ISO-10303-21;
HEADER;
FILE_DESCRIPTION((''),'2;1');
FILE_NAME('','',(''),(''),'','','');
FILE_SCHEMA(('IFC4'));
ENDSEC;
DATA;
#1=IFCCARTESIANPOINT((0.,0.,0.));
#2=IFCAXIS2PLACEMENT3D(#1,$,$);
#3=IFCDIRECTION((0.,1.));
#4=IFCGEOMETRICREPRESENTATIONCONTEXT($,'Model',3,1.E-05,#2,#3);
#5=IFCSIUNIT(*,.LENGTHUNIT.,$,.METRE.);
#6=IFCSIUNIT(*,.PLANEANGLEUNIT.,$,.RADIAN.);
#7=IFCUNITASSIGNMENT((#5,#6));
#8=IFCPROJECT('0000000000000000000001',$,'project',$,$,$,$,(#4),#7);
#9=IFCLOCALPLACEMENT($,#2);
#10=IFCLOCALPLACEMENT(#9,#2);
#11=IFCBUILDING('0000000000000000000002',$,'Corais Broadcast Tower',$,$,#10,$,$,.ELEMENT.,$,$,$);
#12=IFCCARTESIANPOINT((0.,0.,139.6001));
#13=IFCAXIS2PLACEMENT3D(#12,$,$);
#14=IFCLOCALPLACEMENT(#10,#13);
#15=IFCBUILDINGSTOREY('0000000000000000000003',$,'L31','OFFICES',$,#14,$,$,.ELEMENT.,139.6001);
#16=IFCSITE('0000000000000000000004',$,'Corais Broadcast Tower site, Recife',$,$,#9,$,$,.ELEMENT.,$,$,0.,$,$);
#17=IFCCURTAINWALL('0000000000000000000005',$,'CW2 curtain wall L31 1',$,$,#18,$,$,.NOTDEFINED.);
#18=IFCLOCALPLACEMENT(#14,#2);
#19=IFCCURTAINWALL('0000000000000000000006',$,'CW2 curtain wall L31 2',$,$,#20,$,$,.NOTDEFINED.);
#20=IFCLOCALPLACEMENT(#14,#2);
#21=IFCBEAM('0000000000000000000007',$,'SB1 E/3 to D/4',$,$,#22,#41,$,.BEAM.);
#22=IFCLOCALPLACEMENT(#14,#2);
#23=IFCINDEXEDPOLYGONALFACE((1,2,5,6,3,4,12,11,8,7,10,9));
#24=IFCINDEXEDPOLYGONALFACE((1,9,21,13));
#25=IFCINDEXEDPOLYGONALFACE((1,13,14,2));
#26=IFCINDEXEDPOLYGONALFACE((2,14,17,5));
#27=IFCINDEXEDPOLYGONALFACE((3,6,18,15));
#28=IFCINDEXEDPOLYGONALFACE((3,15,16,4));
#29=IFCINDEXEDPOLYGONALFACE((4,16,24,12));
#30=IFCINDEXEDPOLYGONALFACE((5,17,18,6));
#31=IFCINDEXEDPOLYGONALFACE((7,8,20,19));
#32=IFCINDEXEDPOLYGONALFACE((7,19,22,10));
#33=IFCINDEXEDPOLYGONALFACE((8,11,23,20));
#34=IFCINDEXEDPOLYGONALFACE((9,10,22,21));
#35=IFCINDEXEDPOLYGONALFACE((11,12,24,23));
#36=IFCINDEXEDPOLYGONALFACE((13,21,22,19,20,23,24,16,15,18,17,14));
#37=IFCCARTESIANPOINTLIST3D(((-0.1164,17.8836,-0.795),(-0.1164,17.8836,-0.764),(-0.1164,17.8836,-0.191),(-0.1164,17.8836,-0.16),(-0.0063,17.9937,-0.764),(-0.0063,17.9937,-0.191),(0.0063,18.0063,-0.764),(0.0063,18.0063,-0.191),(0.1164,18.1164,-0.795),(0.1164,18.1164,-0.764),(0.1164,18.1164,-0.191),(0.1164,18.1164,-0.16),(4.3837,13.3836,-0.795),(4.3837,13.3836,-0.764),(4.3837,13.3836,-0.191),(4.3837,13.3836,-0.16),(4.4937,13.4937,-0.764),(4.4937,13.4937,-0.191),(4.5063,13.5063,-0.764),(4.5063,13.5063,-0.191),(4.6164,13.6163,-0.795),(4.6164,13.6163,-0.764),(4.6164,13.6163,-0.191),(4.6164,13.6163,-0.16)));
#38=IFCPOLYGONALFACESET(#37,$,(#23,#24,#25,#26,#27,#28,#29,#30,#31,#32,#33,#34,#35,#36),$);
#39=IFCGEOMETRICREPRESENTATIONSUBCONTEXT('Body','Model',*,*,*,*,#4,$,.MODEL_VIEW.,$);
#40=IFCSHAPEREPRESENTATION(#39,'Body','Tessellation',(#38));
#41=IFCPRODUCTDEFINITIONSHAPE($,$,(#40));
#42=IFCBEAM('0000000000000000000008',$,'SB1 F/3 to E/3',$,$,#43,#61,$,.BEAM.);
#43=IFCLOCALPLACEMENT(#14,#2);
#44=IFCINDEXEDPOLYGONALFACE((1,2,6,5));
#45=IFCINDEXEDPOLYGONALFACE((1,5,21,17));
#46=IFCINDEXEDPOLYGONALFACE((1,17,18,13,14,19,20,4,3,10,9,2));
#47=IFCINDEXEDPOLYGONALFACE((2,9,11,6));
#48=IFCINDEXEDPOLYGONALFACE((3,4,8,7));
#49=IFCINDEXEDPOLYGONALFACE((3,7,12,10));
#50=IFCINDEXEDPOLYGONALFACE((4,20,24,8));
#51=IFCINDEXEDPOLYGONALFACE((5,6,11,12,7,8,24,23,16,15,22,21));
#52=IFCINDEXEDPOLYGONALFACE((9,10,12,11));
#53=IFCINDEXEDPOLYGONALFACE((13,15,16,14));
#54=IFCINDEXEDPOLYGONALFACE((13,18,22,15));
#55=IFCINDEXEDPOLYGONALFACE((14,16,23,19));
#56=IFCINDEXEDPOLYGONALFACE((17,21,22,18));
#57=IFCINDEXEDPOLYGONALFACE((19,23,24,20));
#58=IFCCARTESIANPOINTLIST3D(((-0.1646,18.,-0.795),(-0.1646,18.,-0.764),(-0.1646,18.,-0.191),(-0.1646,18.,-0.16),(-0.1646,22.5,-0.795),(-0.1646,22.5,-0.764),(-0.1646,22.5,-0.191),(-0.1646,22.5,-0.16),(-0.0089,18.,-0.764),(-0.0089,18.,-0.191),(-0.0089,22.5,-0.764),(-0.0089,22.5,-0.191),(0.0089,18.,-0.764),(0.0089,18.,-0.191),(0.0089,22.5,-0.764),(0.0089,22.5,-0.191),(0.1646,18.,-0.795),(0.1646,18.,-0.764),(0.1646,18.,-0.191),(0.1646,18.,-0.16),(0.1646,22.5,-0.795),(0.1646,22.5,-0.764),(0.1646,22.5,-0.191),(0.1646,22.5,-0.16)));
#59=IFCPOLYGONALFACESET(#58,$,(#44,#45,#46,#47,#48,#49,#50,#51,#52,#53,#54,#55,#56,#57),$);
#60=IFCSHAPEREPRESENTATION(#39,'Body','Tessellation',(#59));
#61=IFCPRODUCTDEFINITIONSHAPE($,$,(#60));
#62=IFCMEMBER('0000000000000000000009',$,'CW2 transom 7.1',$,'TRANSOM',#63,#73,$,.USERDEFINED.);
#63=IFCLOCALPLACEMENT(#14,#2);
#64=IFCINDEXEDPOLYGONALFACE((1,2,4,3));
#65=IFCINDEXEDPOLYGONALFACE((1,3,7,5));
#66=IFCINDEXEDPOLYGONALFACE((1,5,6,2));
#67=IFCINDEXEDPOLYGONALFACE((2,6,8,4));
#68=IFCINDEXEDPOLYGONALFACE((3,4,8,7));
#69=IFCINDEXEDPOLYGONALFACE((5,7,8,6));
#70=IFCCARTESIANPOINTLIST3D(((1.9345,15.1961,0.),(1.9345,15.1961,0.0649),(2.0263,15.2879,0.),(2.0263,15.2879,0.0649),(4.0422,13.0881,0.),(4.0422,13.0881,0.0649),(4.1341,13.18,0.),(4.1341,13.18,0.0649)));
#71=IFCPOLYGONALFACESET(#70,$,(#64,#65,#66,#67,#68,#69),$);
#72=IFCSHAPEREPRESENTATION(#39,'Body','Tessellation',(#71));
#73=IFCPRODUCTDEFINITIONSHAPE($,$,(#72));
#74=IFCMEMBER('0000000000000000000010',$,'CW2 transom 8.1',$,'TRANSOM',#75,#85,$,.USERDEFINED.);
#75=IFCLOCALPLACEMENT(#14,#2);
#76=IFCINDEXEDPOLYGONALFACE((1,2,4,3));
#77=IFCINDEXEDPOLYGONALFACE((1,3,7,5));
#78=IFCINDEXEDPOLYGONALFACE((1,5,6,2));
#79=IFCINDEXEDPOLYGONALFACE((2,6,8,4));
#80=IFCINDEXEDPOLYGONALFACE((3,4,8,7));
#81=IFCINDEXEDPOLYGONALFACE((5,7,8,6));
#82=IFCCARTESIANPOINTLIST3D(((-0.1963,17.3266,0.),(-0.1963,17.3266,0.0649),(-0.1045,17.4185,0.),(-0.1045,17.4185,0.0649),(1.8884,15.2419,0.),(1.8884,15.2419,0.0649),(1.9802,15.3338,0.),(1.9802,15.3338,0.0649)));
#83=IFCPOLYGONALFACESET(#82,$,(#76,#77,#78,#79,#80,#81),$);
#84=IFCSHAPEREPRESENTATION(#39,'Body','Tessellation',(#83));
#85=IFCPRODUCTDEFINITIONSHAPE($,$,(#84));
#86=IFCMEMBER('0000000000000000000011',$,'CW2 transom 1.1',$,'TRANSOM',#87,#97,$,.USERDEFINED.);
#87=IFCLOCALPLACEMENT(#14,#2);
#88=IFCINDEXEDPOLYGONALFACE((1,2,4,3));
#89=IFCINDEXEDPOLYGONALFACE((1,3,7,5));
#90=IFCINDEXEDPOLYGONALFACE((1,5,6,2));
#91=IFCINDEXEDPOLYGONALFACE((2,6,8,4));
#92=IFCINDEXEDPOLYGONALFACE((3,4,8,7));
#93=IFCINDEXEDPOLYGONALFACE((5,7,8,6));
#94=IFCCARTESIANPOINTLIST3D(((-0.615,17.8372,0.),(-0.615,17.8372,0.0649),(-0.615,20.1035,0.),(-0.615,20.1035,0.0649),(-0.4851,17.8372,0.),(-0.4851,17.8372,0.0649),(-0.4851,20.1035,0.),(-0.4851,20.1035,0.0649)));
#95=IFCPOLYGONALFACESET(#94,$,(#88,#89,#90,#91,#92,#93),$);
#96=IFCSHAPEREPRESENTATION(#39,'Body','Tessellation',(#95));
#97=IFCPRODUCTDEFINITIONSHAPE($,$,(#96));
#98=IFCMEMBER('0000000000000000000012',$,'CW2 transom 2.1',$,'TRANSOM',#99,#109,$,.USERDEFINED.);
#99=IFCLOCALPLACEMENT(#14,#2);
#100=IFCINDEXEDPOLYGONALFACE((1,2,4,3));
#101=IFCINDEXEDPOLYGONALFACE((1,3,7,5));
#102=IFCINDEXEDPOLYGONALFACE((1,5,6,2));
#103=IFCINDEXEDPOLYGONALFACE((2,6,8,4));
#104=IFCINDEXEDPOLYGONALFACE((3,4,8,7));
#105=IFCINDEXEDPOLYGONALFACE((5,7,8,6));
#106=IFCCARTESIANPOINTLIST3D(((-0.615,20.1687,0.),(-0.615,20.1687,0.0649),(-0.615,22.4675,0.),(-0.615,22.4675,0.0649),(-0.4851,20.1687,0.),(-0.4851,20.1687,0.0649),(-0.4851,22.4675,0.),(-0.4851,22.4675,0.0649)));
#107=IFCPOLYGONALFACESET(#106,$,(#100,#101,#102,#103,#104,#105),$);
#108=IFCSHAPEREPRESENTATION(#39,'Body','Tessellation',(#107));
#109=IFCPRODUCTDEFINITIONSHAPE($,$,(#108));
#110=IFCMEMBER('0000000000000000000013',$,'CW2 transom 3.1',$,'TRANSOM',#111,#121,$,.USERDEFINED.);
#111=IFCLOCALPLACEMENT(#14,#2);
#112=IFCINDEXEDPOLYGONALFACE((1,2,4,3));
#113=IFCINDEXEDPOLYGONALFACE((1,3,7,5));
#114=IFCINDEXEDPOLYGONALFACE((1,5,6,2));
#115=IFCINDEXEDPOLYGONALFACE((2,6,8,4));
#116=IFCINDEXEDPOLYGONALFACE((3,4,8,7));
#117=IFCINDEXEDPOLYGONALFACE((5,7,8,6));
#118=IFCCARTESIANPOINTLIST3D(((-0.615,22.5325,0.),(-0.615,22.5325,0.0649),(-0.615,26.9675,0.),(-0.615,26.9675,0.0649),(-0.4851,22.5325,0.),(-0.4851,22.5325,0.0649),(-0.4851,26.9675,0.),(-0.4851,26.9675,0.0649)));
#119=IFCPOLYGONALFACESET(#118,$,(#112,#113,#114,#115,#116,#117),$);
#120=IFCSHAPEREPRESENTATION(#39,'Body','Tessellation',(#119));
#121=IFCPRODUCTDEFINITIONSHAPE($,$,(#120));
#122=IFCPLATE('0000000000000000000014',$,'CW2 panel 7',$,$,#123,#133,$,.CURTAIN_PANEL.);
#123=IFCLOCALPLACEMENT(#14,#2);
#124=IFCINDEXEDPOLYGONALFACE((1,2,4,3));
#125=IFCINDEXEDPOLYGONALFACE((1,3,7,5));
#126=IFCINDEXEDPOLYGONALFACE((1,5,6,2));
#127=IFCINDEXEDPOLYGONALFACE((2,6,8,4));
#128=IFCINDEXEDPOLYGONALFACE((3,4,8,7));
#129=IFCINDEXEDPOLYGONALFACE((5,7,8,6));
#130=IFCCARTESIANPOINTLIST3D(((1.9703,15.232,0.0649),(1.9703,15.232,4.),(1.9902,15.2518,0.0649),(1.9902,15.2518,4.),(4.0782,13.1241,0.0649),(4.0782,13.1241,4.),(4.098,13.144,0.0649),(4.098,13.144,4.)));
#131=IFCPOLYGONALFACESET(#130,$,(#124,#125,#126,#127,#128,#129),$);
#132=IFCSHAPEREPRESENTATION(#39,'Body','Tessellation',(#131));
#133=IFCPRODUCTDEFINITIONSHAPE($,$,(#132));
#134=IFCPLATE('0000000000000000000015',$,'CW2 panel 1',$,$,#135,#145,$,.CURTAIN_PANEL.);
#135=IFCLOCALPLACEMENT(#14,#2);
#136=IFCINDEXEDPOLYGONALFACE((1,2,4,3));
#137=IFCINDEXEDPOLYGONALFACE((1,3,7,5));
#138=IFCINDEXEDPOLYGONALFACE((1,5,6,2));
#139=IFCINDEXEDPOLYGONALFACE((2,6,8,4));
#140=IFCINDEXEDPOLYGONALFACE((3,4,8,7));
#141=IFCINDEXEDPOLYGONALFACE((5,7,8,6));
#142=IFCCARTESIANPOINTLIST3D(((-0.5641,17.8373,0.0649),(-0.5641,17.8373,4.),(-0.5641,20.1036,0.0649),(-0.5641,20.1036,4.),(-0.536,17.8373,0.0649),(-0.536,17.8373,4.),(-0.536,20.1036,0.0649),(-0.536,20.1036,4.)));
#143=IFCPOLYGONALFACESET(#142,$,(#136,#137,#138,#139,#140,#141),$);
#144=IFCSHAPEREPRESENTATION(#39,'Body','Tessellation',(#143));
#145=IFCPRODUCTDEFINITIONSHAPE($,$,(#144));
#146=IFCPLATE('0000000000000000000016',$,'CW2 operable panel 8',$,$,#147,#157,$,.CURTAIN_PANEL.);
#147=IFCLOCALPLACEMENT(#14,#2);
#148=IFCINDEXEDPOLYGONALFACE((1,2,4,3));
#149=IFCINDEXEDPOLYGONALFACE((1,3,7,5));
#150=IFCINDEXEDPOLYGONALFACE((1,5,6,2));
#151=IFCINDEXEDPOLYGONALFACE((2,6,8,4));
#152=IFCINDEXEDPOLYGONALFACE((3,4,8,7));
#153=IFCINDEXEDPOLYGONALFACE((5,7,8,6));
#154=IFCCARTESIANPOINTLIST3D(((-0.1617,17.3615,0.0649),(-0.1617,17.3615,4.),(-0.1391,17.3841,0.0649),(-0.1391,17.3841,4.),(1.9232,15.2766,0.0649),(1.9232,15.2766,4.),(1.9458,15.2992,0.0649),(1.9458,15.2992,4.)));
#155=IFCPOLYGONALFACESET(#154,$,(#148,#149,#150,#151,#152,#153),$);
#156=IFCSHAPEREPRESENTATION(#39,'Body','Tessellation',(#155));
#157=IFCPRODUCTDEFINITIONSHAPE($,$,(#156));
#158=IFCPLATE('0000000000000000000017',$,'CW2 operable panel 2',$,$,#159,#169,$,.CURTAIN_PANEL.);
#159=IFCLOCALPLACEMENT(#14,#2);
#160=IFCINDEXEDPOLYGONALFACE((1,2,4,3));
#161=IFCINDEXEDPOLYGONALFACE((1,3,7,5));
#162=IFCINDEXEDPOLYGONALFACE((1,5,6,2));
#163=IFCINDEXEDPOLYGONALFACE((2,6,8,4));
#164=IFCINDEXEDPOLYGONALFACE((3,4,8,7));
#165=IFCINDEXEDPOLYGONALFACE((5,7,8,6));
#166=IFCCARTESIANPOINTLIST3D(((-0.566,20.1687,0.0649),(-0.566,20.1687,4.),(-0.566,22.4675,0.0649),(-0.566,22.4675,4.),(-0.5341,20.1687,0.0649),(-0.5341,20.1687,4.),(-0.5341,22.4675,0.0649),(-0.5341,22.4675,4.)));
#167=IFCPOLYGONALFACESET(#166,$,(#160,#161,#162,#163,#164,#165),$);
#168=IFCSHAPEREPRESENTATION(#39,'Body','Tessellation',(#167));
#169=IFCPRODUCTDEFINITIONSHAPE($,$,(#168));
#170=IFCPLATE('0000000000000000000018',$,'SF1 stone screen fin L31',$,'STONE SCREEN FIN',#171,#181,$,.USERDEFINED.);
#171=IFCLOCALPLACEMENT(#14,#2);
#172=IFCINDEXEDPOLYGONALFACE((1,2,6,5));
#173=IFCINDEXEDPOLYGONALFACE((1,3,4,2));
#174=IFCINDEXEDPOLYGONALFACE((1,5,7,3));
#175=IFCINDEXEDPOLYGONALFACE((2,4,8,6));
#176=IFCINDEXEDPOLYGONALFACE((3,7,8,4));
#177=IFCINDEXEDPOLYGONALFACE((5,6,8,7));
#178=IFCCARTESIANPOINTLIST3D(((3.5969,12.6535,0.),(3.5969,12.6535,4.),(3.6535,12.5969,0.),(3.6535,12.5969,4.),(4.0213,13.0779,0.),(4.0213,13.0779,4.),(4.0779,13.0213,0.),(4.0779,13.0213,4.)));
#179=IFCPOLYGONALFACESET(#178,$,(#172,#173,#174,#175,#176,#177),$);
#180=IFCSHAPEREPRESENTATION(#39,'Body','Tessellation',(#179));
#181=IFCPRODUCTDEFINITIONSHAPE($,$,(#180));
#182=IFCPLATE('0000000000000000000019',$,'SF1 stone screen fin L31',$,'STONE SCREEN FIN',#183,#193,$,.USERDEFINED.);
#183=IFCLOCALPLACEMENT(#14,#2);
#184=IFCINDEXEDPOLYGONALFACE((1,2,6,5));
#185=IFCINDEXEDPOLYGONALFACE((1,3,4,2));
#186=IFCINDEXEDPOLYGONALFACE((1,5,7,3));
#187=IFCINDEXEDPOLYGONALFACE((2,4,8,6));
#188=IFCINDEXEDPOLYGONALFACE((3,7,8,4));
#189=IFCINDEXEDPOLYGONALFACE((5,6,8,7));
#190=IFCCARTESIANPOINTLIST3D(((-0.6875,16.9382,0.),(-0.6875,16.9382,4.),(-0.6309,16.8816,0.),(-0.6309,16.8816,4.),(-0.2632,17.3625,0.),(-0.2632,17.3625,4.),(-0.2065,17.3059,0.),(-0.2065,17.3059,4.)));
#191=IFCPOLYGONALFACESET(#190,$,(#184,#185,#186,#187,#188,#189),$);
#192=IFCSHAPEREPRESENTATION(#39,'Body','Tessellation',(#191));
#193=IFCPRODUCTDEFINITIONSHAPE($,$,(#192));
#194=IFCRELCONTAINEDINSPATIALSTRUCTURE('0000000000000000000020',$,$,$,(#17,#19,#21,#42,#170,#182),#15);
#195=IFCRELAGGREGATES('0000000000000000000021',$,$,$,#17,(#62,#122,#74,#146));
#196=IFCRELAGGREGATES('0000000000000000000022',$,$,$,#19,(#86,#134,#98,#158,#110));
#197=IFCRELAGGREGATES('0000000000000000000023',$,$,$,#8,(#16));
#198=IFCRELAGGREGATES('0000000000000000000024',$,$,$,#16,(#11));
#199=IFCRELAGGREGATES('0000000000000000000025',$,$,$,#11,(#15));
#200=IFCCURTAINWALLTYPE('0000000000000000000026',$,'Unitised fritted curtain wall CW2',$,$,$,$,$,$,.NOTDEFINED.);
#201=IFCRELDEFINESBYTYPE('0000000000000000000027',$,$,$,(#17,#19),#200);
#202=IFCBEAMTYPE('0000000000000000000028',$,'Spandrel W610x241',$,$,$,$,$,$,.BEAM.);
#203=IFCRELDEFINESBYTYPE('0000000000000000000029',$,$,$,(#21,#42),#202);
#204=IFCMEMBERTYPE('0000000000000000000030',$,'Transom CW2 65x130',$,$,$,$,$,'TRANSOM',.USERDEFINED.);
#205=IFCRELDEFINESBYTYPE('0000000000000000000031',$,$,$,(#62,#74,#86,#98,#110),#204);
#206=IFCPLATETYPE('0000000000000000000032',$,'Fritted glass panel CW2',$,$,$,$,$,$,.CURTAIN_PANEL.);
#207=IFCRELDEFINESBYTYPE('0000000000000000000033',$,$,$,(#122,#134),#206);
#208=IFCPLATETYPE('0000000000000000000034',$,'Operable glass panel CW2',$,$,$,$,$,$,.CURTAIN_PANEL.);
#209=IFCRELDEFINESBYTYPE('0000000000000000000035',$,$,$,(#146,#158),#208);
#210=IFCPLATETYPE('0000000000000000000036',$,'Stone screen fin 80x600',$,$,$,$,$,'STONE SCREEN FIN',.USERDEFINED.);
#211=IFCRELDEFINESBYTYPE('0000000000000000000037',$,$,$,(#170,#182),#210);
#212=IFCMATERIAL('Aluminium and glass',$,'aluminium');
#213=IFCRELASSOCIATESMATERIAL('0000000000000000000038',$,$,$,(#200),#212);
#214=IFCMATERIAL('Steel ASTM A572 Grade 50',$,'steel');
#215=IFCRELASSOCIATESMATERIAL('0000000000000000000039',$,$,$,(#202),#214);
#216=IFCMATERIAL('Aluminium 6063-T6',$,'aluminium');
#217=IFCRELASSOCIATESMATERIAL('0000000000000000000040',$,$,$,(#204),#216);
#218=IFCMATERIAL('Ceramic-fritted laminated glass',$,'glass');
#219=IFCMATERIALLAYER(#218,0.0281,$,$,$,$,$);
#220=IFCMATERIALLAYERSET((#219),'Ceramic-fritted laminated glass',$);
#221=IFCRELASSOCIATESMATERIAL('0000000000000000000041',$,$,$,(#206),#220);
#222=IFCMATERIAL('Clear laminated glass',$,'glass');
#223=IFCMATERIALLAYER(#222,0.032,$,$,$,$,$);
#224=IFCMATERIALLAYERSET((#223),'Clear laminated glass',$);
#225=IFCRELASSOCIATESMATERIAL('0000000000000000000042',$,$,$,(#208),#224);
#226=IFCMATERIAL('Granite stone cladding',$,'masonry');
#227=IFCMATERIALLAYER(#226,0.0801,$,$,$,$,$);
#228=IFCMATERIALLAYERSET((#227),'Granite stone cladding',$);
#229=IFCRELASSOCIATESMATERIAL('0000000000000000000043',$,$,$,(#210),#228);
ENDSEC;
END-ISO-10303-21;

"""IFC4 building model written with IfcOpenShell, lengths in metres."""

from ifc_helpers import new_model, si_unit, direction, frame, origin, origin_2d, place, context, subcontext, project, spatial, rectangle, i_section, extrude, material, layer, layer_set, material_profile, profile_set, type_object, element, aggregate, save


model = new_model("IFC4")

# Units and contexts
model_context = context("Model", 3, precision=1e-05, world=origin(), true_north=direction((0.0, 1.0)))
body_context = subcontext(model_context, "Body", "Model", "MODEL_VIEW")
ifc_project = project(units=[si_unit("LENGTHUNIT", "METRE"), si_unit("PLANEANGLEUNIT", "RADIAN")], contexts=[model_context])

# Site, building, storey
site_placement = place(None, origin())
site = spatial("IfcSite", under=ifc_project, at=site_placement, Name="Corais Broadcast Tower site, Recife", CompositionType="ELEMENT", RefElevation=0.0)
building_placement = place(site_placement, origin())
building = spatial("IfcBuilding", under=site, at=building_placement, Name="Corais Broadcast Tower", CompositionType="ELEMENT")
storey_placement = place(building_placement, frame((0.0, 0.0, 139.6001)))
storey = spatial("IfcBuildingStorey", under=building, at=storey_placement, Name="L31", Description="OFFICES", CompositionType="ELEMENT", Elevation=139.6001)

# Curtain walls
ifc_material_1 = material(Name="Aluminium and glass", Category="aluminium")
curtain_wall_type = type_object("IfcCurtainWallType", Name="Unitised fritted curtain wall CW2", PredefinedType="NOTDEFINED", material=ifc_material_1)
curtain_wall_1_placement = place(storey_placement, origin())
curtain_wall_1 = element("IfcCurtainWall", 1, at=curtain_wall_1_placement, inside=storey, type_object=curtain_wall_type, Name="CW2 curtain wall L31 1", PredefinedType="NOTDEFINED")
curtain_wall_2_placement = place(storey_placement, origin())
curtain_wall_2 = element("IfcCurtainWall", 2, at=curtain_wall_2_placement, inside=storey, type_object=curtain_wall_type, Name="CW2 curtain wall L31 2", PredefinedType="NOTDEFINED")

# Beams
ifc_material_2 = material(Name="Steel ASTM A572 Grade 50", Category="steel")
ifc_material_profile_1 = material_profile(ifc_material_2, i_section(OverallWidth=0.3291, OverallDepth=0.635, WebThickness=0.0178, FlangeThickness=0.031, at=origin_2d()), Name="W610x241")
ifc_profile_set_1 = profile_set([ifc_material_profile_1], Name="Steel ASTM A572 Grade 50")
beam_type_1 = type_object("IfcBeamType", Name="Spandrel W610x241", PredefinedType="BEAM", material=ifc_profile_set_1)
beam_1_placement = place(storey_placement, frame((0.0, 18.0, -0.4775), z_axis=(0.707107, -0.707107, 0.0), x_axis=(0.707107, 0.707107, 0.0)))
element("IfcBeam", 3, at=beam_1_placement, inside=storey, type_object=beam_type_1, Name="SB1 E/3 to D/4", PredefinedType="BEAM", context=body_context, shape_type="SweptSolid", body=[
    extrude(i_section(OverallWidth=0.3291, OverallDepth=0.635, WebThickness=0.0178, FlangeThickness=0.031, at=origin_2d()), origin(), (0.0, 0.0, 1.0), 6.364),
])
beam_2_placement = place(storey_placement, frame((0.0, 22.5, -0.4775), z_axis=(0.0, -1.0, 0.0), x_axis=(1.0, 0.0, 0.0)))
element("IfcBeam", 4, at=beam_2_placement, inside=storey, type_object=beam_type_1, Name="SB1 F/3 to E/3", PredefinedType="BEAM", context=body_context, shape_type="SweptSolid", body=[
    extrude(i_section(OverallWidth=0.3291, OverallDepth=0.635, WebThickness=0.0178, FlangeThickness=0.031, at=origin_2d()), origin(), (0.0, 0.0, 1.0), 4.5),
])

# Members
ifc_material_3 = material(Name="Aluminium 6063-T6", Category="aluminium")
ifc_material_profile_2 = material_profile(ifc_material_3, rectangle(XDim=0.1299, YDim=0.0649, at=origin_2d()), Name="Transom CW2 65x130")
ifc_profile_set_2 = profile_set([ifc_material_profile_2], Name="Aluminium 6063-T6")
member_type_1 = type_object("IfcMemberType", Name="Transom CW2 65x130", ElementType="TRANSOM", PredefinedType="USERDEFINED", material=ifc_profile_set_2)
member_1_placement = place(storey_placement, frame((4.0881, 13.134, 0.0325), z_axis=(-0.707066, 0.707148, 0.0), x_axis=(-0.707148, -0.707066, 0.0)))
member_1 = element("IfcMember", 5, at=member_1_placement, type_object=member_type_1, Name="CW2 transom 7.1", ObjectType="TRANSOM", PredefinedType="USERDEFINED", context=body_context, shape_type="SweptSolid", body=[
    extrude(rectangle(XDim=0.1299, YDim=0.0649, at=origin_2d()), origin(), (0.0, 0.0, 1.0), 2.981),
])
member_2_placement = place(storey_placement, frame((1.9343, 15.2878, 0.0325), z_axis=(-0.707107, 0.707107, 0.0), x_axis=(-0.707107, -0.707107, 0.0)))
member_2 = element("IfcMember", 6, at=member_2_placement, type_object=member_type_1, Name="CW2 transom 8.1", ObjectType="TRANSOM", PredefinedType="USERDEFINED", context=body_context, shape_type="SweptSolid", body=[
    extrude(rectangle(XDim=0.1299, YDim=0.0649, at=origin_2d()), origin(), (0.0, 0.0, 1.0), 2.9482),
])
member_3_placement = place(storey_placement, frame((-0.55, 17.8372, 0.0325), z_axis=(0.0, 1.0, 0.0), x_axis=(-1.0, 0.0, 0.0)))
member_3 = element("IfcMember", 7, at=member_3_placement, type_object=member_type_1, Name="CW2 transom 1.1", ObjectType="TRANSOM", PredefinedType="USERDEFINED", context=body_context, shape_type="SweptSolid", body=[
    extrude(rectangle(XDim=0.1299, YDim=0.0649, at=origin_2d()), origin(), (0.0, 0.0, 1.0), 2.2664),
])
member_4_placement = place(storey_placement, frame((-0.55, 20.1687, 0.0325), z_axis=(0.0, 1.0, 0.0), x_axis=(-1.0, 0.0, 0.0)))
member_4 = element("IfcMember", 8, at=member_4_placement, type_object=member_type_1, Name="CW2 transom 2.1", ObjectType="TRANSOM", PredefinedType="USERDEFINED", context=body_context, shape_type="SweptSolid", body=[
    extrude(rectangle(XDim=0.1299, YDim=0.0649, at=origin_2d()), origin(), (0.0, 0.0, 1.0), 2.2988),
])
member_5_placement = place(storey_placement, frame((-0.55, 22.5325, 0.0325), z_axis=(0.0, 1.0, 0.0), x_axis=(-1.0, 0.0, 0.0)))
member_5 = element("IfcMember", 9, at=member_5_placement, type_object=member_type_1, Name="CW2 transom 3.1", ObjectType="TRANSOM", PredefinedType="USERDEFINED", context=body_context, shape_type="SweptSolid", body=[
    extrude(rectangle(XDim=0.1299, YDim=0.0649, at=origin_2d()), origin(), (0.0, 0.0, 1.0), 4.4351),
])

# Plates
ifc_material_4 = material(Name="Ceramic-fritted laminated glass", Category="glass")
ifc_layer_1 = layer(ifc_material_4, 0.0281)
ifc_layer_set_1 = layer_set([ifc_layer_1], Name="Ceramic-fritted laminated glass")
plate_type_1 = type_object("IfcPlateType", Name="Fritted glass panel CW2", PredefinedType="CURTAIN_PANEL", material=ifc_layer_set_1)
plate_1_placement = place(storey_placement, frame((3.0342, 14.188, 0.0649), z_axis=(0.0, 0.0, 1.0), x_axis=(-0.707107, 0.707107, 0.0)))
plate_1 = element("IfcPlate", 10, at=plate_1_placement, type_object=plate_type_1, Name="CW2 panel 7", PredefinedType="CURTAIN_PANEL", context=body_context, shape_type="SweptSolid", body=[
    extrude(rectangle(XDim=2.981, YDim=0.0281, at=origin_2d()), origin(), (0.0, 0.0, 1.0), 3.9351),
])
plate_2_placement = place(storey_placement, frame((-0.55, 18.9705, 0.0649), z_axis=(0.0, 0.0, 1.0), x_axis=(0.0, 1.0, 0.0)))
plate_2 = element("IfcPlate", 11, at=plate_2_placement, type_object=plate_type_1, Name="CW2 panel 1", PredefinedType="CURTAIN_PANEL", context=body_context, shape_type="SweptSolid", body=[
    extrude(rectangle(XDim=2.2664, YDim=0.0281, at=origin_2d()), origin(), (0.0, 0.0, 1.0), 3.9351),
])
ifc_material_5 = material(Name="Clear laminated glass", Category="glass")
ifc_layer_2 = layer(ifc_material_5, 0.032)
ifc_layer_set_2 = layer_set([ifc_layer_2], Name="Clear laminated glass")
plate_type_2 = type_object("IfcPlateType", Name="Operable glass panel CW2", PredefinedType="CURTAIN_PANEL", material=ifc_layer_set_2)
plate_3_placement = place(storey_placement, frame((0.8921, 16.3303, 0.0649), z_axis=(0.0, 0.0, 1.0), x_axis=(-0.707107, 0.707107, 0.0)))
plate_3 = element("IfcPlate", 12, at=plate_3_placement, type_object=plate_type_2, Name="CW2 operable panel 8", PredefinedType="CURTAIN_PANEL", context=body_context, shape_type="SweptSolid", body=[
    extrude(rectangle(XDim=2.9485, YDim=0.032, at=origin_2d()), origin(), (0.0, 0.0, 1.0), 3.9351),
])
aggregate(curtain_wall_1, [member_1, plate_1, member_2, plate_3])
plate_4_placement = place(storey_placement, frame((-0.55, 21.3181, 0.0649), z_axis=(0.0, 0.0, 1.0), x_axis=(0.0, 1.0, 0.0)))
plate_4 = element("IfcPlate", 13, at=plate_4_placement, type_object=plate_type_2, Name="CW2 operable panel 2", PredefinedType="CURTAIN_PANEL", context=body_context, shape_type="SweptSolid", body=[
    extrude(rectangle(XDim=2.2988, YDim=0.032, at=origin_2d()), origin(), (0.0, 0.0, 1.0), 3.9351),
])
aggregate(curtain_wall_2, [member_3, plate_2, member_4, plate_4, member_5])

# Plates
ifc_material_6 = material(Name="Granite stone cladding", Category="masonry")
ifc_layer_3 = layer(ifc_material_6, 0.0801)
ifc_layer_set_3 = layer_set([ifc_layer_3], Name="Granite stone cladding")
plate_type_3 = type_object("IfcPlateType", Name="Stone screen fin 80x600", ElementType="STONE SCREEN FIN", PredefinedType="USERDEFINED", material=ifc_layer_set_3)
for number, where, z_axis, x_axis, name in (
    (14, (3.8374, 12.8374, 0.0), (0.0, 0.0, 1.0), (-0.707107, 0.707107, 0.0), "SF1 stone screen fin L31"),
    (15, (-0.447, 17.1221, 0.0), (0.0, 0.0, 1.0), (-0.707107, 0.707107, 0.0), "SF1 stone screen fin L31"),
):
    element("IfcPlate", number, at=place(storey_placement, frame(where, z_axis=z_axis, x_axis=x_axis)), inside=storey, type_object=plate_type_3, Name=name, ObjectType="STONE SCREEN FIN", PredefinedType="USERDEFINED", context=body_context, shape_type="SweptSolid", body=[
        extrude(rectangle(XDim=0.0801, YDim=0.6001, at=origin_2d()), origin(), (0.0, 0.0, 1.0), 4.0),
    ])

save(model, "model.ifc")
